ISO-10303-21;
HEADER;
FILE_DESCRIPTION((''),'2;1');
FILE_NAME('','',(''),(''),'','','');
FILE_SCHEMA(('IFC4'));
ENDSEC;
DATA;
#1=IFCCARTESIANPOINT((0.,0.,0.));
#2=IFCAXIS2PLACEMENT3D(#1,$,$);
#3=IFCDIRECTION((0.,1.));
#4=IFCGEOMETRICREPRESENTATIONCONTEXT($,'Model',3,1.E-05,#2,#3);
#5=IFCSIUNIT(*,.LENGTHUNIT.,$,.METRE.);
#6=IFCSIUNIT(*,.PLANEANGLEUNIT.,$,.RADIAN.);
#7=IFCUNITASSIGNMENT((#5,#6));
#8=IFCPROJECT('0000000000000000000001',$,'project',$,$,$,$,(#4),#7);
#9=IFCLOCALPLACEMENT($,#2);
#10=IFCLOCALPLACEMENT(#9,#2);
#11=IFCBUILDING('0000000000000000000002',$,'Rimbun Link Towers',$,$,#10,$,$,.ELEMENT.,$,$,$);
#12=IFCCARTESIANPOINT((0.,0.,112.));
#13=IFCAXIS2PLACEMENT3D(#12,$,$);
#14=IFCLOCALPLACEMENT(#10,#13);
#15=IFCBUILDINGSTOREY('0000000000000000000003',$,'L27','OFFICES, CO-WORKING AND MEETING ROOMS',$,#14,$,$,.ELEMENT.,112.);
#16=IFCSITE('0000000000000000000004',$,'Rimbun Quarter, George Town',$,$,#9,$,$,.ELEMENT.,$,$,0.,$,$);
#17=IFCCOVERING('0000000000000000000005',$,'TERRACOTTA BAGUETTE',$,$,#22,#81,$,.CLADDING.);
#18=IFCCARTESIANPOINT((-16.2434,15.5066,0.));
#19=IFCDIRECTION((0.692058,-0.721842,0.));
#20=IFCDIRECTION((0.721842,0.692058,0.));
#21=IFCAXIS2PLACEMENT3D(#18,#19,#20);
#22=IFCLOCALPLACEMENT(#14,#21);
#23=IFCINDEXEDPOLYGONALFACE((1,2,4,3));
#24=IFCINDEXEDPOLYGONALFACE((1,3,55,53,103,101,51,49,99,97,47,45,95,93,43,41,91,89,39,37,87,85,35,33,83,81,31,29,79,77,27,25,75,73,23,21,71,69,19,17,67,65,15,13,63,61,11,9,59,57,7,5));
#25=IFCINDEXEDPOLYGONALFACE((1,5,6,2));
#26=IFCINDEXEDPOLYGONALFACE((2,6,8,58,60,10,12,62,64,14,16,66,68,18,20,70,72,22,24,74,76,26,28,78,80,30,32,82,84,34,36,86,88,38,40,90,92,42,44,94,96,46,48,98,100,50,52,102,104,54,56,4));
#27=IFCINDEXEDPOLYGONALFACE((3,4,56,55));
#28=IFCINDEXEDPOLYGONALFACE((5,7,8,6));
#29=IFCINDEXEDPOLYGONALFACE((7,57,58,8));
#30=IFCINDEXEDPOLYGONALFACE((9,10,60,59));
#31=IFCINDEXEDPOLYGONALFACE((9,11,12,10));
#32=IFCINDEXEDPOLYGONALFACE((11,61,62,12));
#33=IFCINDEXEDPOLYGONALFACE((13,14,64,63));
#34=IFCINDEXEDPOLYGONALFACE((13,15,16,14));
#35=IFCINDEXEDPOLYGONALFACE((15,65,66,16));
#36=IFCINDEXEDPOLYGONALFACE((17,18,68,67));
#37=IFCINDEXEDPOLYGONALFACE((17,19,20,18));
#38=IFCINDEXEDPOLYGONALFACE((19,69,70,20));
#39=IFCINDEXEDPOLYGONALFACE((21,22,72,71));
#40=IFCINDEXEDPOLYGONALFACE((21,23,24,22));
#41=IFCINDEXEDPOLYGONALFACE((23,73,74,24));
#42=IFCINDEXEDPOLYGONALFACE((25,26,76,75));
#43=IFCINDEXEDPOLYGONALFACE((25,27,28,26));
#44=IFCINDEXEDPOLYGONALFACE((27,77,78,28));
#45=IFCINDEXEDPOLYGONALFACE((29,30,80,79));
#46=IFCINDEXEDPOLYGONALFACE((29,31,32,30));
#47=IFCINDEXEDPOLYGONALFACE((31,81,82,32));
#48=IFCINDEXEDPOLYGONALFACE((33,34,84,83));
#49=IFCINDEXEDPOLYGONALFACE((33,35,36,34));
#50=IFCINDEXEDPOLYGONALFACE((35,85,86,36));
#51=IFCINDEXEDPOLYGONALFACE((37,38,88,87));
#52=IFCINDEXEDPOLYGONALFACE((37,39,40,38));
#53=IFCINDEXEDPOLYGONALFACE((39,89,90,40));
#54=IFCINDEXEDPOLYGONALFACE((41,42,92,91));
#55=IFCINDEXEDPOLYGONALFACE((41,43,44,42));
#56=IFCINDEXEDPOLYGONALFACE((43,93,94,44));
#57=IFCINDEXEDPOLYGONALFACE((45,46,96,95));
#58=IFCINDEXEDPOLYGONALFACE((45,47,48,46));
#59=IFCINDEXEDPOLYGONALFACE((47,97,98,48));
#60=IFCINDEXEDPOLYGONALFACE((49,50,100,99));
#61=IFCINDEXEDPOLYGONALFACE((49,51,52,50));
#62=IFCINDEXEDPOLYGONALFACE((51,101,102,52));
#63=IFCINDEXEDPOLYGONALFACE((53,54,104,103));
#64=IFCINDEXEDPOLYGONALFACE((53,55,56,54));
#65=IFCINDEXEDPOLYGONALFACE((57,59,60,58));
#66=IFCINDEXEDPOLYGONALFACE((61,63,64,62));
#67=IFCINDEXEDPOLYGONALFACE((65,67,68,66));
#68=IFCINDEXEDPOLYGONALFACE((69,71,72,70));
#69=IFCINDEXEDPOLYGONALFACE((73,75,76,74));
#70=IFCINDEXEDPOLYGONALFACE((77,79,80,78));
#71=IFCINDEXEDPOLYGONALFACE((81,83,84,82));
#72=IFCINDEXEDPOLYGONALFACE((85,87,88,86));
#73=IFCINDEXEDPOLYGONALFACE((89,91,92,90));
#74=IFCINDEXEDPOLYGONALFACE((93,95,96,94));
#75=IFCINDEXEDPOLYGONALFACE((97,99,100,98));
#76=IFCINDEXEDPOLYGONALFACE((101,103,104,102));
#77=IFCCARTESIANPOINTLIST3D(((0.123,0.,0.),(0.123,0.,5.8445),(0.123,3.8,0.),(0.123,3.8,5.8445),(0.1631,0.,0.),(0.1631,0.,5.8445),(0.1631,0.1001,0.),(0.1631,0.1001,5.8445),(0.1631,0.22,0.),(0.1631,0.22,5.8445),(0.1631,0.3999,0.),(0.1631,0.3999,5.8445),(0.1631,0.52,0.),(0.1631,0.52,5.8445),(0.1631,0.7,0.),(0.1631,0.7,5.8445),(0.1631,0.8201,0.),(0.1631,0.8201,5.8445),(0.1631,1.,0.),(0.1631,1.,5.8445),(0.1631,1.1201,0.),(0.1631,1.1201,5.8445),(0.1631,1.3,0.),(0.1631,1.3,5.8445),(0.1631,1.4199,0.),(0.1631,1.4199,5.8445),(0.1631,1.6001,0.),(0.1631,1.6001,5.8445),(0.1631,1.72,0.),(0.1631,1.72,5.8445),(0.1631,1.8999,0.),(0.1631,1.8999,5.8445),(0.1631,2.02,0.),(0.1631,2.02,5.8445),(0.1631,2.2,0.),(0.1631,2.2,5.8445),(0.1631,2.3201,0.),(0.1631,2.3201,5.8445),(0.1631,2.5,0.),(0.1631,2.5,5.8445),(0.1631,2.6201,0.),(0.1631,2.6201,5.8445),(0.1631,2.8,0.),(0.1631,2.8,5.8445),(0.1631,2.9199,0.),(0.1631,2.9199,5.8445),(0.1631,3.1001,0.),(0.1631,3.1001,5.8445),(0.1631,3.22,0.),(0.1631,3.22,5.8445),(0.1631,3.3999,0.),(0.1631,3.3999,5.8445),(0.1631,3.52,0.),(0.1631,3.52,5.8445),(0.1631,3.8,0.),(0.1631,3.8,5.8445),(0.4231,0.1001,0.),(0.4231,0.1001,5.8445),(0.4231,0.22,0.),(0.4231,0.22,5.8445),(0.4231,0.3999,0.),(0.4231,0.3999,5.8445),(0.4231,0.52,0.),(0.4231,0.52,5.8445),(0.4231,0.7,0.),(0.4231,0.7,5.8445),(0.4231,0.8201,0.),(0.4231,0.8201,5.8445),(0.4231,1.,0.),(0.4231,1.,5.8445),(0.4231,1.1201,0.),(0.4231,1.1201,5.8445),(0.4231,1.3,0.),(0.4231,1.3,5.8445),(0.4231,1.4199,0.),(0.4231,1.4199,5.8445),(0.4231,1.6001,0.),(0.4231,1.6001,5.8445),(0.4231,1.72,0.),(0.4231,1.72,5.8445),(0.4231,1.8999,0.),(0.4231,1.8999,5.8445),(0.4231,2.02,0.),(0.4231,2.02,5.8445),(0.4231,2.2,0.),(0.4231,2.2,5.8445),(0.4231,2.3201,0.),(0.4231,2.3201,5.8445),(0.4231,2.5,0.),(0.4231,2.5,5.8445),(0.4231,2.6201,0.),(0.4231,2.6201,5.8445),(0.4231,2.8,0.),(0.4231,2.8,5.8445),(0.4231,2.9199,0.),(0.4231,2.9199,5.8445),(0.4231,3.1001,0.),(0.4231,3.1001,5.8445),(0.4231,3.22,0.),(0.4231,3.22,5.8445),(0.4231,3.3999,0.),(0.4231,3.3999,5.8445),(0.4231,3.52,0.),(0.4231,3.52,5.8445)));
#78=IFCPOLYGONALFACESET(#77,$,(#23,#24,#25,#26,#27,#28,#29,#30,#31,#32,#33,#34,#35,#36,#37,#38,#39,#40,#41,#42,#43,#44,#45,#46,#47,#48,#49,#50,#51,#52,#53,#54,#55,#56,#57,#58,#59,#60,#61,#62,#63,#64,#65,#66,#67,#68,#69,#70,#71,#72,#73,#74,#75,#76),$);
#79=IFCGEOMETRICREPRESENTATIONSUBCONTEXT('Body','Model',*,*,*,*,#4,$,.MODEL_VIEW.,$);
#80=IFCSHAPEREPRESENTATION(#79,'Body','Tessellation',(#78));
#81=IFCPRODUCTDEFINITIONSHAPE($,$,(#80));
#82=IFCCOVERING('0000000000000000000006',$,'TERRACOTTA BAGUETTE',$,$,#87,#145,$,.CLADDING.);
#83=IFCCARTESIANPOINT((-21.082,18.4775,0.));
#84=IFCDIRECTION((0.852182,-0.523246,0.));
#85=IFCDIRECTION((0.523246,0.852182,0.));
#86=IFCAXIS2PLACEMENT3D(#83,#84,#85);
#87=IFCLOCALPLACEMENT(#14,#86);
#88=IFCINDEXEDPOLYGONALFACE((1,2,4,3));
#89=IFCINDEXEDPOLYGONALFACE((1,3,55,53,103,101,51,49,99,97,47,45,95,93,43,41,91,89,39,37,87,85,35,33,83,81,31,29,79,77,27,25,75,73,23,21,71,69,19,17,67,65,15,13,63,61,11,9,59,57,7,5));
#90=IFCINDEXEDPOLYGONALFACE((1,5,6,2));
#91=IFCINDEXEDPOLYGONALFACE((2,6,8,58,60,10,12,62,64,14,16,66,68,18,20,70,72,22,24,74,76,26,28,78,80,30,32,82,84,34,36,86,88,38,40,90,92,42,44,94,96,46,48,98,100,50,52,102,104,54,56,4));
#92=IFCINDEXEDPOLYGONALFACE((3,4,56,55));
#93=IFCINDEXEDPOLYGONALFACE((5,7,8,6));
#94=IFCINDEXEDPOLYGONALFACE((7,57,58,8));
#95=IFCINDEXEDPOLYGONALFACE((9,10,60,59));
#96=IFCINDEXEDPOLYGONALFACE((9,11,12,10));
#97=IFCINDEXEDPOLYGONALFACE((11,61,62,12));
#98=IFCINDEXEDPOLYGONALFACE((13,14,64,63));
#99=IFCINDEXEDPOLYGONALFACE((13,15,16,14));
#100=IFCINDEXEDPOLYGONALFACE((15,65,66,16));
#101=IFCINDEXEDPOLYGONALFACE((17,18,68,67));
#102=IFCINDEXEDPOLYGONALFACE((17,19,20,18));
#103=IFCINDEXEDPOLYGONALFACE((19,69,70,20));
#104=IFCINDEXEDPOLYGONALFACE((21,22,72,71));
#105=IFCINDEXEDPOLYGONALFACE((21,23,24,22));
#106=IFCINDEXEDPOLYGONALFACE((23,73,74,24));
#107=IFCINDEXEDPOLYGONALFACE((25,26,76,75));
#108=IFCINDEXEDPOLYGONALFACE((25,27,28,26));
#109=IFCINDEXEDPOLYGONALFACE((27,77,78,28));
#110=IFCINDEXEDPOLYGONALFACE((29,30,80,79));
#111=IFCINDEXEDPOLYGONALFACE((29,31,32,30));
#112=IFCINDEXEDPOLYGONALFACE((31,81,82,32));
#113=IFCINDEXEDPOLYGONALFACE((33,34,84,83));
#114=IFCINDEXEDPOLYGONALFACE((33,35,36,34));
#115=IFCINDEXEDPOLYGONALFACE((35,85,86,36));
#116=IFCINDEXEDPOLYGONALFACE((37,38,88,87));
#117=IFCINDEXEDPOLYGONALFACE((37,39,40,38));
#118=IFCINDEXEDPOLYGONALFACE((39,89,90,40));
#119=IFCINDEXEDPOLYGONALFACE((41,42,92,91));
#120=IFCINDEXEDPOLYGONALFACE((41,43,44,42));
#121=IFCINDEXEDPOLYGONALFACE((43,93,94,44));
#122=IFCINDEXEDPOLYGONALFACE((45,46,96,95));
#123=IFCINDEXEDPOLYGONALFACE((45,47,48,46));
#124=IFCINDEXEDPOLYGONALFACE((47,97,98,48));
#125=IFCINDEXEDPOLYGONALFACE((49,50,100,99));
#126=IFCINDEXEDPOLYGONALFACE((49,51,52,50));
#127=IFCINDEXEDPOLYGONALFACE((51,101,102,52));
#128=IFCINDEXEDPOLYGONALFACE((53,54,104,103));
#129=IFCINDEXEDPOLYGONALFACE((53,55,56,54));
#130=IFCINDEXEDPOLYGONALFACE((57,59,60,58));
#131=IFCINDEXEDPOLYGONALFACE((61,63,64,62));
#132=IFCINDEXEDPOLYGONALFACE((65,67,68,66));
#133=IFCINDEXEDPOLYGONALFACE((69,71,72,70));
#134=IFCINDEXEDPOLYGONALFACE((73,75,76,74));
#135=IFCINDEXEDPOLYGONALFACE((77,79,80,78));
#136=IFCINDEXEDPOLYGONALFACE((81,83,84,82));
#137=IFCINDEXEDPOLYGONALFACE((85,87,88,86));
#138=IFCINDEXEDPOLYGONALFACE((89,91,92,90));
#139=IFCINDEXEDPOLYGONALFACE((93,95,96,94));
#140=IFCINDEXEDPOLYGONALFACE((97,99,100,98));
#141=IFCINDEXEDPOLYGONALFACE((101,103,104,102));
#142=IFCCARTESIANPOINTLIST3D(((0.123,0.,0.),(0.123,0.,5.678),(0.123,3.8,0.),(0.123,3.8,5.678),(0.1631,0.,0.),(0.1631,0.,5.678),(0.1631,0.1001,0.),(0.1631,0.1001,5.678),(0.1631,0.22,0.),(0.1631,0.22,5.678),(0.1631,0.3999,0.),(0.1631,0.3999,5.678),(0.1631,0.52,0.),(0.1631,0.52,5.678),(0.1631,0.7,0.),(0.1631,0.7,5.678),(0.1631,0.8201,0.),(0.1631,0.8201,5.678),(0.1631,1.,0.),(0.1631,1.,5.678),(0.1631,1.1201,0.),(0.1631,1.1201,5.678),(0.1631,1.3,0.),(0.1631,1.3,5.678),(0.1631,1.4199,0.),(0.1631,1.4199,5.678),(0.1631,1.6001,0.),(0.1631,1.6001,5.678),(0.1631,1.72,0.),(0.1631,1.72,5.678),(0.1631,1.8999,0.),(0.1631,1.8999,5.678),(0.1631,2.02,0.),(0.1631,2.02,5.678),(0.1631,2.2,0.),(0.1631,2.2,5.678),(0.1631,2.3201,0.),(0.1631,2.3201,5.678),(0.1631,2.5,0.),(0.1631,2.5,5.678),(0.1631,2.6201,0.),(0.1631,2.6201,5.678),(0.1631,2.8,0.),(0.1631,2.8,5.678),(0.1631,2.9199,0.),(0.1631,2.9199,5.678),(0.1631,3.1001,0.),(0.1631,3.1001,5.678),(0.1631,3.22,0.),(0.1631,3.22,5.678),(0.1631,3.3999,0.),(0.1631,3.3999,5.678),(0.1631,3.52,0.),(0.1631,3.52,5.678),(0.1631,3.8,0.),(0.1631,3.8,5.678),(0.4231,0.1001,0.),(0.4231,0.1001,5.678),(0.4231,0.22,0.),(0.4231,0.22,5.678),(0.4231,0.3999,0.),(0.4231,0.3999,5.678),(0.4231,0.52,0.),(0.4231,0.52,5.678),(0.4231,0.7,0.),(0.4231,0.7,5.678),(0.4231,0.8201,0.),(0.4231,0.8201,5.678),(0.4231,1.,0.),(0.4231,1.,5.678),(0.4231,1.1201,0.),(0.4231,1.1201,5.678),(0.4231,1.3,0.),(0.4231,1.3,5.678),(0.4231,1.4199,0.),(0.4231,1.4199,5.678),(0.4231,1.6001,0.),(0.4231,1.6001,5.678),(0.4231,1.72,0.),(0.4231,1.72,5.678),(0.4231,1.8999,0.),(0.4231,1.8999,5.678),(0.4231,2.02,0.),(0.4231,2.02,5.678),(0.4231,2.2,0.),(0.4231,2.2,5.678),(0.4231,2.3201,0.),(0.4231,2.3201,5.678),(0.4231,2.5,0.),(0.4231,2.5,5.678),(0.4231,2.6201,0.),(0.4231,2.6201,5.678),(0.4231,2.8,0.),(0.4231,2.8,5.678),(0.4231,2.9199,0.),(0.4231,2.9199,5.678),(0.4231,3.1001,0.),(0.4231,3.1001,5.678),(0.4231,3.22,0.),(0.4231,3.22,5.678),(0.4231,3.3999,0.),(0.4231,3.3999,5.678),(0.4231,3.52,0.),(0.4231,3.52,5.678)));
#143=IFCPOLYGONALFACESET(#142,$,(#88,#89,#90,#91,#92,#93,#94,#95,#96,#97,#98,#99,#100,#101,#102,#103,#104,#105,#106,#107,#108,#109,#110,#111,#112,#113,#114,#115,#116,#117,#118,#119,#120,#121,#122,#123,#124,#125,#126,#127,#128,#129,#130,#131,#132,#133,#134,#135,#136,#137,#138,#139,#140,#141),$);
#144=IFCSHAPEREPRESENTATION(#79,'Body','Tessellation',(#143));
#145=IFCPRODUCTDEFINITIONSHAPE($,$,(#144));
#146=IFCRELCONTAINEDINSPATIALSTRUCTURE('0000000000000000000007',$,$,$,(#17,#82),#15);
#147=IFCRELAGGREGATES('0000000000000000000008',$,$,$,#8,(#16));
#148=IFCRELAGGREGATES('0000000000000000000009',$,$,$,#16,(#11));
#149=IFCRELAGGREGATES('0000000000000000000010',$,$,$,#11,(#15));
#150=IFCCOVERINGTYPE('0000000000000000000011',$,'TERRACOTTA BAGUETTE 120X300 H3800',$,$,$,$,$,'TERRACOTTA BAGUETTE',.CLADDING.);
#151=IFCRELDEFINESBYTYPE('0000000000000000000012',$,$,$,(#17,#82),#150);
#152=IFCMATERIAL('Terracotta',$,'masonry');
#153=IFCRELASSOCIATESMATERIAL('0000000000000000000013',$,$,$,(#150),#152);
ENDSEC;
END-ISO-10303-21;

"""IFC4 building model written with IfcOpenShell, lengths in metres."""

from ifc_helpers import new_model, si_unit, direction, frame, origin, place, context, subcontext, project, spatial, polyline, outline, extrude, material, material_profile, profile_set, type_object, element, save


model = new_model("IFC4")

# Units and contexts
model_context = context("Model", 3, precision=1e-05, world=origin(), true_north=direction((0.0, 1.0)))
body_context = subcontext(model_context, "Body", "Model", "MODEL_VIEW")
ifc_project = project(units=[si_unit("LENGTHUNIT", "METRE"), si_unit("PLANEANGLEUNIT", "RADIAN")], contexts=[model_context])

# Site, building, storey
site_placement = place(None, origin())
site = spatial("IfcSite", under=ifc_project, at=site_placement, Name="Rimbun Quarter, George Town", CompositionType="ELEMENT", RefElevation=0.0)
building_placement = place(site_placement, origin())
building = spatial("IfcBuilding", under=site, at=building_placement, Name="Rimbun Link Towers", CompositionType="ELEMENT")
storey_placement = place(building_placement, frame((0.0, 0.0, 112.0)))
storey = spatial("IfcBuildingStorey", under=building, at=storey_placement, Name="L27", Description="OFFICES, CO-WORKING AND MEETING ROOMS", CompositionType="ELEMENT", Elevation=112.0)

# Coverings
ifc_material_1 = material(Name="Terracotta", Category="masonry")
ifc_material_profile_1 = material_profile(ifc_material_1, outline(polyline([(0.123, 0.0), (0.1631, 0.0), (0.1631, 0.1001), (0.4231, 0.1001), (0.4231, 0.22), (0.1631, 0.22), (0.1631, 0.3999), (0.4231, 0.3999), (0.4231, 0.52), (0.1631, 0.52), (0.1631, 0.7), (0.4231, 0.7), (0.4231, 0.8201), (0.1631, 0.8201), (0.1631, 1.0), (0.4231, 1.0), (0.4231, 1.1201), (0.1631, 1.1201), (0.1631, 1.3), (0.4231, 1.3), (0.4231, 1.4199), (0.1631, 1.4199), (0.1631, 1.6001), (0.4231, 1.6001), (0.4231, 1.72), (0.1631, 1.72), (0.1631, 1.8999), (0.4231, 1.8999), (0.4231, 2.02), (0.1631, 2.02), (0.1631, 2.2), (0.4231, 2.2), (0.4231, 2.3201), (0.1631, 2.3201), (0.1631, 2.5), (0.4231, 2.5), (0.4231, 2.6201), (0.1631, 2.6201), (0.1631, 2.8), (0.4231, 2.8), (0.4231, 2.9199), (0.1631, 2.9199), (0.1631, 3.1001), (0.4231, 3.1001), (0.4231, 3.22), (0.1631, 3.22), (0.1631, 3.3999), (0.4231, 3.3999), (0.4231, 3.52), (0.1631, 3.52), (0.1631, 3.8), (0.123, 3.8), (0.123, 0.0)])), Name="BAGUETTE 120X300")
ifc_profile_set_1 = profile_set([ifc_material_profile_1], Name="Terracotta")
covering_type = type_object("IfcCoveringType", Name="TERRACOTTA BAGUETTE 120X300 H3800", ElementType="TERRACOTTA BAGUETTE", PredefinedType="CLADDING", material=ifc_profile_set_1)
covering_1_placement = place(storey_placement, frame((-16.2434, 15.5066, 0.0), z_axis=(0.692058, -0.721842, 0.0), x_axis=(0.721842, 0.692058, 0.0)))
element("IfcCovering", 1, at=covering_1_placement, inside=storey, type_object=covering_type, Name="TERRACOTTA BAGUETTE", PredefinedType="CLADDING", context=body_context, shape_type="SweptSolid", body=[
    extrude(outline(polyline([(0.123, 0.0), (0.1631, 0.0), (0.1631, 0.1001), (0.4231, 0.1001), (0.4231, 0.22), (0.1631, 0.22), (0.1631, 0.3999), (0.4231, 0.3999), (0.4231, 0.52), (0.1631, 0.52), (0.1631, 0.7), (0.4231, 0.7), (0.4231, 0.8201), (0.1631, 0.8201), (0.1631, 1.0), (0.4231, 1.0), (0.4231, 1.1201), (0.1631, 1.1201), (0.1631, 1.3), (0.4231, 1.3), (0.4231, 1.4199), (0.1631, 1.4199), (0.1631, 1.6001), (0.4231, 1.6001), (0.4231, 1.72), (0.1631, 1.72), (0.1631, 1.8999), (0.4231, 1.8999), (0.4231, 2.02), (0.1631, 2.02), (0.1631, 2.2), (0.4231, 2.2), (0.4231, 2.3201), (0.1631, 2.3201), (0.1631, 2.5), (0.4231, 2.5), (0.4231, 2.6201), (0.1631, 2.6201), (0.1631, 2.8), (0.4231, 2.8), (0.4231, 2.9199), (0.1631, 2.9199), (0.1631, 3.1001), (0.4231, 3.1001), (0.4231, 3.22), (0.1631, 3.22), (0.1631, 3.3999), (0.4231, 3.3999), (0.4231, 3.52), (0.1631, 3.52), (0.1631, 3.8), (0.123, 3.8), (0.123, 0.0)])), origin(), (0.0, 0.0, 1.0), 5.8445),
])
covering_2_placement = place(storey_placement, frame((-21.082, 18.4775, 0.0), z_axis=(0.852182, -0.523246, 0.0), x_axis=(0.523246, 0.852182, 0.0)))
element("IfcCovering", 2, at=covering_2_placement, inside=storey, type_object=covering_type, Name="TERRACOTTA BAGUETTE", PredefinedType="CLADDING", context=body_context, shape_type="SweptSolid", body=[
    extrude(outline(polyline([(0.123, 0.0), (0.1631, 0.0), (0.1631, 0.1001), (0.4231, 0.1001), (0.4231, 0.22), (0.1631, 0.22), (0.1631, 0.3999), (0.4231, 0.3999), (0.4231, 0.52), (0.1631, 0.52), (0.1631, 0.7), (0.4231, 0.7), (0.4231, 0.8201), (0.1631, 0.8201), (0.1631, 1.0), (0.4231, 1.0), (0.4231, 1.1201), (0.1631, 1.1201), (0.1631, 1.3), (0.4231, 1.3), (0.4231, 1.4199), (0.1631, 1.4199), (0.1631, 1.6001), (0.4231, 1.6001), (0.4231, 1.72), (0.1631, 1.72), (0.1631, 1.8999), (0.4231, 1.8999), (0.4231, 2.02), (0.1631, 2.02), (0.1631, 2.2), (0.4231, 2.2), (0.4231, 2.3201), (0.1631, 2.3201), (0.1631, 2.5), (0.4231, 2.5), (0.4231, 2.6201), (0.1631, 2.6201), (0.1631, 2.8), (0.4231, 2.8), (0.4231, 2.9199), (0.1631, 2.9199), (0.1631, 3.1001), (0.4231, 3.1001), (0.4231, 3.22), (0.1631, 3.22), (0.1631, 3.3999), (0.4231, 3.3999), (0.4231, 3.52), (0.1631, 3.52), (0.1631, 3.8), (0.123, 3.8), (0.123, 0.0)])), origin(), (0.0, 0.0, 1.0), 5.678),
])

save(model, "model.ifc")
